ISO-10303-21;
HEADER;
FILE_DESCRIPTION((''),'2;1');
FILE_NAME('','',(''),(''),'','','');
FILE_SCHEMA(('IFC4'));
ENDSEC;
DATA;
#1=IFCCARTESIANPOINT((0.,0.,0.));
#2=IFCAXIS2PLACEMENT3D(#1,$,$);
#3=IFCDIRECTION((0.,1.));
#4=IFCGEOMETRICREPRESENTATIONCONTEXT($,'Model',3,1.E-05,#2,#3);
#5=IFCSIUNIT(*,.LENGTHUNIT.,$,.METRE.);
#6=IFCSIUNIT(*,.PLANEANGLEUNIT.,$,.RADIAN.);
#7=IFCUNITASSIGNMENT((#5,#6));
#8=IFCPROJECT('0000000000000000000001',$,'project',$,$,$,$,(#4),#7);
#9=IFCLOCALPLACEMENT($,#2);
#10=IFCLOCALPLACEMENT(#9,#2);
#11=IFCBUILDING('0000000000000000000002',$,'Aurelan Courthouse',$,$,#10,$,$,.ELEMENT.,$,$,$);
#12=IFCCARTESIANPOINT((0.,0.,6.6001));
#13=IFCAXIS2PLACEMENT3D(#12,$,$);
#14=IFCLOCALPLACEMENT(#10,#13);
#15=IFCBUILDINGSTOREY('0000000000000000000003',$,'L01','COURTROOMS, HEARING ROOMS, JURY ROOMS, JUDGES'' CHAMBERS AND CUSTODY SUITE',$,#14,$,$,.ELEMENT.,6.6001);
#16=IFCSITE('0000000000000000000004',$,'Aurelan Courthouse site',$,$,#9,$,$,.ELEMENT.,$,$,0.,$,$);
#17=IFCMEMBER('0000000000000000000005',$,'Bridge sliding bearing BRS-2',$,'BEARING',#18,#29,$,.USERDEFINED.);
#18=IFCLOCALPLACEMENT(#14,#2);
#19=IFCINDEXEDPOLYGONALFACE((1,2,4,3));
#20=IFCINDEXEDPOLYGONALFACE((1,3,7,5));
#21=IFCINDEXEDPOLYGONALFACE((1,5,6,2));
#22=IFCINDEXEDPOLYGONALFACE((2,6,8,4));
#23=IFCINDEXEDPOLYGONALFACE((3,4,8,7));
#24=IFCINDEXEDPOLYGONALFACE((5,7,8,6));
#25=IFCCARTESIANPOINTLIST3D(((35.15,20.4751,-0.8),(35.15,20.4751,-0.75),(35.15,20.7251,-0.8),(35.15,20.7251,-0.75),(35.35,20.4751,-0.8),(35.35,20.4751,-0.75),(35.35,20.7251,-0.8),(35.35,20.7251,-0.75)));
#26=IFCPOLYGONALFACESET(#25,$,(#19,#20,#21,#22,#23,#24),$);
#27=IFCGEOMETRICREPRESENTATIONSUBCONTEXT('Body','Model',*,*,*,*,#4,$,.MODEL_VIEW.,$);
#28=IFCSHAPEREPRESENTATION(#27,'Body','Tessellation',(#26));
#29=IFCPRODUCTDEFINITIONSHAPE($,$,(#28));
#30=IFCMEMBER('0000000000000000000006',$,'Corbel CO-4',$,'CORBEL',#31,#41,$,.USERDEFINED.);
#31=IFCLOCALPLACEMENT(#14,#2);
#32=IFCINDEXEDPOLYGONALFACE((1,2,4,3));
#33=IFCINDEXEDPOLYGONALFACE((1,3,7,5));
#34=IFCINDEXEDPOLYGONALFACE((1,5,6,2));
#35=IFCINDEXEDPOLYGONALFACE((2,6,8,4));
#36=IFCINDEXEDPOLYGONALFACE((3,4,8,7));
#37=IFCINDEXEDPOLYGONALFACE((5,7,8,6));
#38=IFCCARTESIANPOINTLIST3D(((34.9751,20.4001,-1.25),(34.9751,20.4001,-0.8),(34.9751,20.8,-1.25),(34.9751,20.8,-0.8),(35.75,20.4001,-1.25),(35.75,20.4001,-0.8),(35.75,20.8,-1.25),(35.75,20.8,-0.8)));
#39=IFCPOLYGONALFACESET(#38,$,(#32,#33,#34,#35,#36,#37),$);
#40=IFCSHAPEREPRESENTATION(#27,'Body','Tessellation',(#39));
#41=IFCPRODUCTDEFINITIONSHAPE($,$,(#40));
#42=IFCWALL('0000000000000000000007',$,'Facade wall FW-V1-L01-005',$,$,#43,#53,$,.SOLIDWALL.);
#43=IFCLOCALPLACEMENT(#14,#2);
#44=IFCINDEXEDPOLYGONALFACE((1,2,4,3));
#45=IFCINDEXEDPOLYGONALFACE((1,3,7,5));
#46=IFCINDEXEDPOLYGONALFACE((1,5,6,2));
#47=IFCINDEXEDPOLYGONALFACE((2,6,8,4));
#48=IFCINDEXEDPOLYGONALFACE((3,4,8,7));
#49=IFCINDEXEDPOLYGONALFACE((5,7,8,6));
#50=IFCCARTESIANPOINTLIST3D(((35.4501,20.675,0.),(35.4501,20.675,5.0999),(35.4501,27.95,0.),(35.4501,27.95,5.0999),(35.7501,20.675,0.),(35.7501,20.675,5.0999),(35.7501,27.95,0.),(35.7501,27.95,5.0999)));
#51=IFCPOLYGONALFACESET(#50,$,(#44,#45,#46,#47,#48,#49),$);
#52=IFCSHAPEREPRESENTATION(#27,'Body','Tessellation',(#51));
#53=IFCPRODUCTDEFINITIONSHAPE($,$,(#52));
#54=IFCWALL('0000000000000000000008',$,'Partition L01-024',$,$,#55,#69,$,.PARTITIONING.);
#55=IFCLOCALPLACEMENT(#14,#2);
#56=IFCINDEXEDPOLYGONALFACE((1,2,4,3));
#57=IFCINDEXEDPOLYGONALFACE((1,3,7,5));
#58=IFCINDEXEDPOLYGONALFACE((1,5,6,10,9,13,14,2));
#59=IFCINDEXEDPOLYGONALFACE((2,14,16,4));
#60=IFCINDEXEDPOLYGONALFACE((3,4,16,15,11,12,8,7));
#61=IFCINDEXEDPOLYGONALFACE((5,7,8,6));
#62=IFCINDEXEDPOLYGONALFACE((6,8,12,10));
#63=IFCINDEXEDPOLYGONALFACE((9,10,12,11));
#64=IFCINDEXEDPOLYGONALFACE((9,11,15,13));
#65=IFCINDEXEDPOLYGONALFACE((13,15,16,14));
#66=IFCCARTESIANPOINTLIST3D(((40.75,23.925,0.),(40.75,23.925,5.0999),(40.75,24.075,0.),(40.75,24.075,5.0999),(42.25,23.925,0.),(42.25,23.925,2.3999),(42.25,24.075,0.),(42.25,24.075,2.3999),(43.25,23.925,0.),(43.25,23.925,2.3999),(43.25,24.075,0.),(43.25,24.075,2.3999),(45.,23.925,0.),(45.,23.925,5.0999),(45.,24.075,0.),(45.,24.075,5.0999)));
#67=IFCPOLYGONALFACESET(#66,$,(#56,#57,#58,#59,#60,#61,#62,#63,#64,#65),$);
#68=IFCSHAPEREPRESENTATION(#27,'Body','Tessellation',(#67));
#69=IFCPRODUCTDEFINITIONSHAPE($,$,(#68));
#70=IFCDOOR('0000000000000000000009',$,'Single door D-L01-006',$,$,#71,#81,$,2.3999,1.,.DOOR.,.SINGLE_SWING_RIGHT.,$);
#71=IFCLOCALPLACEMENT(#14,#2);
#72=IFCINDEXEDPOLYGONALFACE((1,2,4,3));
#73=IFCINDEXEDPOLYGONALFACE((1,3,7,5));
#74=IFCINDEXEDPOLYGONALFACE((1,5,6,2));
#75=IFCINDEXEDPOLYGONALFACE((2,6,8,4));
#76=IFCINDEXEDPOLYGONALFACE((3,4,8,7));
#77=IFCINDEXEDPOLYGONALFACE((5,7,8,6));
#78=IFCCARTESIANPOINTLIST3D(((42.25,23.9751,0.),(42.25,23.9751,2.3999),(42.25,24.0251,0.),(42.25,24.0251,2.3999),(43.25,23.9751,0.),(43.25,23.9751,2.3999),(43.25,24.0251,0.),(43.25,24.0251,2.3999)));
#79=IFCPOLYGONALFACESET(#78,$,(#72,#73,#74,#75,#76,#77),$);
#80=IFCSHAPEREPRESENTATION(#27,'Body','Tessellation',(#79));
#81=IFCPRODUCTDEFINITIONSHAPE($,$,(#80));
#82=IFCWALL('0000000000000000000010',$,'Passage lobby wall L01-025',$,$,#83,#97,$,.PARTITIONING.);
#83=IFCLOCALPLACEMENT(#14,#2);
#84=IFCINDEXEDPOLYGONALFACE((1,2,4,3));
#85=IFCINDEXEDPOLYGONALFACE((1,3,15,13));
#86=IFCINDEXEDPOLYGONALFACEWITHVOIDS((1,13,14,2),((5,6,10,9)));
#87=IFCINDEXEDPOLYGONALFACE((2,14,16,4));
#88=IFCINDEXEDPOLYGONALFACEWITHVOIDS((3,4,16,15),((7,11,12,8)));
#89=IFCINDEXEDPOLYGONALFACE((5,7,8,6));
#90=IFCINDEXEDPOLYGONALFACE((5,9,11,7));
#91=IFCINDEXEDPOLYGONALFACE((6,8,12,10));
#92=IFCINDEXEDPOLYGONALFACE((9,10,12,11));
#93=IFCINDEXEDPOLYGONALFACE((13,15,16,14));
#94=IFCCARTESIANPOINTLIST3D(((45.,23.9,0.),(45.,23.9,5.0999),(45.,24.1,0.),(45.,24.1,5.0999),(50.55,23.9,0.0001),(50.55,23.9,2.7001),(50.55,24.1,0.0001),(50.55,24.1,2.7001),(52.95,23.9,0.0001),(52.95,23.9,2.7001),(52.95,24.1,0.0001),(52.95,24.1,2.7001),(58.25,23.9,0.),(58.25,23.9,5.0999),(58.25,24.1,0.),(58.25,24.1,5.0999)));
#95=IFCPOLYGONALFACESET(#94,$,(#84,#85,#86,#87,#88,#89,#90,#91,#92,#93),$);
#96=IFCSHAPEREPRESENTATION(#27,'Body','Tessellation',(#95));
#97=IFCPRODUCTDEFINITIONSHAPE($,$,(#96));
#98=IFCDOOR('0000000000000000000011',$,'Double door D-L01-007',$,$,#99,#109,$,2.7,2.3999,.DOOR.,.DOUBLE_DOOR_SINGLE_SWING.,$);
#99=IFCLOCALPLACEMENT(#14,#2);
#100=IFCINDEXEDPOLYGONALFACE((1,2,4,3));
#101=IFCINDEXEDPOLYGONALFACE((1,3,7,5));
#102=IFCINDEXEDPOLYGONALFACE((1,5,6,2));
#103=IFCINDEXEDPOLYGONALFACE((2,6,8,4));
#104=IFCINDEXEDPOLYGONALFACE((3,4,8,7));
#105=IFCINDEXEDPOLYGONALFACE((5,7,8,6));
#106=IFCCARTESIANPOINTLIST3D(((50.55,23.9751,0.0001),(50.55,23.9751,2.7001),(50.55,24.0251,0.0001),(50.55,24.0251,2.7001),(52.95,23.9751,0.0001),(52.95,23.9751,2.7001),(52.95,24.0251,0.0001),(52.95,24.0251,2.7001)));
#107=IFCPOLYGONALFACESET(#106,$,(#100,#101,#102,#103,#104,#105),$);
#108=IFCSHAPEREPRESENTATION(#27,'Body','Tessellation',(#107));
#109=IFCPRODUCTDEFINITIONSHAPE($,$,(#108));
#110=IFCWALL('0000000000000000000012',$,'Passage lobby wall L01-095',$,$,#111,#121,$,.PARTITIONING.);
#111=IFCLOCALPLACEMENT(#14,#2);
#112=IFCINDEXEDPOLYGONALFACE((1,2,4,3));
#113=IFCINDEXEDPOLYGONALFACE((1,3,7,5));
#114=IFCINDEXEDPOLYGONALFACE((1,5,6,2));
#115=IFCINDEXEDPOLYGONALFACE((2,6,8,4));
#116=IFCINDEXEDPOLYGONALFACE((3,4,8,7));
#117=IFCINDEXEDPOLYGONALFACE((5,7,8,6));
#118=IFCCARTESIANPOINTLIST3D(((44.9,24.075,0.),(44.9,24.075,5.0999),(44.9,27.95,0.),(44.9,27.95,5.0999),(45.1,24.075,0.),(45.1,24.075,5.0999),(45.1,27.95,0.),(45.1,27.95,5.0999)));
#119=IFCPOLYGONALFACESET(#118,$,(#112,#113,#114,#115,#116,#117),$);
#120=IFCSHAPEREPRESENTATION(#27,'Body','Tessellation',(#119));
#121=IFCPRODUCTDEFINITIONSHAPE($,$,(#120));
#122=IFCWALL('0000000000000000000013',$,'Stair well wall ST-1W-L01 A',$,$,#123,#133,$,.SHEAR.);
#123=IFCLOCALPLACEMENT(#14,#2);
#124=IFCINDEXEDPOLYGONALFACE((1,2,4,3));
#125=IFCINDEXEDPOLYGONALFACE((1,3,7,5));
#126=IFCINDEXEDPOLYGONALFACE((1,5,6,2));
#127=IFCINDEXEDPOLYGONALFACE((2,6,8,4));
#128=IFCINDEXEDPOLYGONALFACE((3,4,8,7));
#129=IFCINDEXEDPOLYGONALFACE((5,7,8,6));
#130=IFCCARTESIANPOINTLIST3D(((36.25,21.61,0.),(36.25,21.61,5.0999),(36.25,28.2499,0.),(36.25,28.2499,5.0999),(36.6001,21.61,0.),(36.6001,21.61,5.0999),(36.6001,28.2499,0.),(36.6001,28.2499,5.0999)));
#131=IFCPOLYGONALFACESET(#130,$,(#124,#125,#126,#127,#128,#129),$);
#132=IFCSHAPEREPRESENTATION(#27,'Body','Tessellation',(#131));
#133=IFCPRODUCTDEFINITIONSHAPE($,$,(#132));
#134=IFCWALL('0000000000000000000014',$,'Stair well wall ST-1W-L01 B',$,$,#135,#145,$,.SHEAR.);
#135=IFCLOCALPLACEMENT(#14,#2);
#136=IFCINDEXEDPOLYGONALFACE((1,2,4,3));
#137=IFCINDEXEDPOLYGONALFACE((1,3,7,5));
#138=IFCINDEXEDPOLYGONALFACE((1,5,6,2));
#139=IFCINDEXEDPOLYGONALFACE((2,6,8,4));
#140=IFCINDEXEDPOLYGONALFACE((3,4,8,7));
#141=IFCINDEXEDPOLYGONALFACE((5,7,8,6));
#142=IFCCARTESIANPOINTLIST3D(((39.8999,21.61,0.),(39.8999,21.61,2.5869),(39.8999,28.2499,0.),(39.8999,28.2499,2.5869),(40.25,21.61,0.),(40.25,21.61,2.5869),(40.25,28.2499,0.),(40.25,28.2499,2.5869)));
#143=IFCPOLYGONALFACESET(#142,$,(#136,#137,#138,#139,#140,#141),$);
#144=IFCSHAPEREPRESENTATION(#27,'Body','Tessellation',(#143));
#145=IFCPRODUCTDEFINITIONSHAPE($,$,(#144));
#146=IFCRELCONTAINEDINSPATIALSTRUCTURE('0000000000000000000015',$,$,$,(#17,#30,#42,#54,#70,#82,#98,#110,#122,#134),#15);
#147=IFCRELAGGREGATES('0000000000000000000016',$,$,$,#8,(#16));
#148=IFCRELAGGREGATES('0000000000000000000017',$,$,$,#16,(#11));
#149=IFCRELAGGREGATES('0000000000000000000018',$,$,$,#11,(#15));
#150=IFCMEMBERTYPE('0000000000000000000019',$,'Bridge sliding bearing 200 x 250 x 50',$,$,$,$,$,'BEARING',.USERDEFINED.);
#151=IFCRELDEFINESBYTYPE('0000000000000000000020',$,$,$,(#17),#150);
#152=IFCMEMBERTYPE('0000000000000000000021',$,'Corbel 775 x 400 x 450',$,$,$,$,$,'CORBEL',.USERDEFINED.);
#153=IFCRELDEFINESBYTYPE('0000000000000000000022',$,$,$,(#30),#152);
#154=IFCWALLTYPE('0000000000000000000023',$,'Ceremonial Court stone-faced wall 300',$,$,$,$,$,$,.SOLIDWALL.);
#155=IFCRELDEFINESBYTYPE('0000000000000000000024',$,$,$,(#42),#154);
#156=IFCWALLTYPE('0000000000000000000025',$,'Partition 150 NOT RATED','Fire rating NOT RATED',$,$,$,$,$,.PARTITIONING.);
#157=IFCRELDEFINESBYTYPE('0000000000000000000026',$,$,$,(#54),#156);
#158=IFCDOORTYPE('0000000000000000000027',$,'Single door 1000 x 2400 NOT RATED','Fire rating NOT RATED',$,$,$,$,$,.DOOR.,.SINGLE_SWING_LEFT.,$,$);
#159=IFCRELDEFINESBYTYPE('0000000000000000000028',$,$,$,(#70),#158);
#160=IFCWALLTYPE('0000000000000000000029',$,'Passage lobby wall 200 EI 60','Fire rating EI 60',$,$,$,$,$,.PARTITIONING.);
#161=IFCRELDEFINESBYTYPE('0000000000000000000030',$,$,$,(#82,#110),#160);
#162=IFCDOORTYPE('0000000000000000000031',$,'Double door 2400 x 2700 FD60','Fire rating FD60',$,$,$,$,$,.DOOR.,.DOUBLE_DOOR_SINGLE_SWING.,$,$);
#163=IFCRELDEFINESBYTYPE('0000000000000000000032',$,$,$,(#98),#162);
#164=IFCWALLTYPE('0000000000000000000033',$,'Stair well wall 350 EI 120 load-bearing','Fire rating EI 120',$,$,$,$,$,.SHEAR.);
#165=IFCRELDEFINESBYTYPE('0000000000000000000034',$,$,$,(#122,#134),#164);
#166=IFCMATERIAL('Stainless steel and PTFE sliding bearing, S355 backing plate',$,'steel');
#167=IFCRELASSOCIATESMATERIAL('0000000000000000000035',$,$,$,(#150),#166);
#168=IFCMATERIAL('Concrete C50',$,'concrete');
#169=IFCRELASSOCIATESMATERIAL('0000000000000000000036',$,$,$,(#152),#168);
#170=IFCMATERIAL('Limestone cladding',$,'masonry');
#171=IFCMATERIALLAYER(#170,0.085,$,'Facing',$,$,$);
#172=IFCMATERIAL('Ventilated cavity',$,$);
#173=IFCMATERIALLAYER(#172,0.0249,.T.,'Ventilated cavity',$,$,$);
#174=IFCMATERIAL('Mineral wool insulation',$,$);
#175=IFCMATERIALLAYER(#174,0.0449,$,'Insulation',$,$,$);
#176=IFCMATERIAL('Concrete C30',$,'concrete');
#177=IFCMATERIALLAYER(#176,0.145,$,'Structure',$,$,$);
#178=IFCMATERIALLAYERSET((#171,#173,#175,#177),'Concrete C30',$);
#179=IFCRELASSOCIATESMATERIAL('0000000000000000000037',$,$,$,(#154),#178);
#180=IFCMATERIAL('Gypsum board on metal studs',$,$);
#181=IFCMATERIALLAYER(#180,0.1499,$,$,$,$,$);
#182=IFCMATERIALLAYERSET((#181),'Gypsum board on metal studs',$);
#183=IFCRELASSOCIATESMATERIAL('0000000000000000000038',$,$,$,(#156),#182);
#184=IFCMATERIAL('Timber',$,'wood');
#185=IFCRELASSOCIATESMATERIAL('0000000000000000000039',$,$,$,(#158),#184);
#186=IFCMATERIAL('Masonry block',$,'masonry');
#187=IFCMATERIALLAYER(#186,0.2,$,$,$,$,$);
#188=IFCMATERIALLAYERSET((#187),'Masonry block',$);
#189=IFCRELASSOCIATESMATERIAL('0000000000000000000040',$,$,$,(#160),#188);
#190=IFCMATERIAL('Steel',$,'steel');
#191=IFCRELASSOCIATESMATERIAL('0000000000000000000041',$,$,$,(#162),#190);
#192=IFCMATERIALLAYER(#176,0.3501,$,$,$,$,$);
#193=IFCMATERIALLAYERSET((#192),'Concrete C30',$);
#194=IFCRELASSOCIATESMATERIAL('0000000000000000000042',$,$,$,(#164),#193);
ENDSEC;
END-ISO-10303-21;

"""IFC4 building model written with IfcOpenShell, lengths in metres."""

from ifc_helpers import new_model, si_unit, direction, frame, frame_2d, origin, origin_2d, place, context, subcontext, project, spatial, rectangle, extrude, material, layer, layer_set, material_profile, profile_set, type_object, element, fill, save


model = new_model("IFC4")

# Units and contexts
model_context = context("Model", 3, precision=1e-05, world=origin(), true_north=direction((0.0, 1.0)))
body_context = subcontext(model_context, "Body", "Model", "MODEL_VIEW")
ifc_project = project(units=[si_unit("LENGTHUNIT", "METRE"), si_unit("PLANEANGLEUNIT", "RADIAN")], contexts=[model_context])

# Site, building, storey
site_placement = place(None, origin())
site = spatial("IfcSite", under=ifc_project, at=site_placement, Name="Aurelan Courthouse site", CompositionType="ELEMENT", RefElevation=0.0)
building_placement = place(site_placement, origin())
building = spatial("IfcBuilding", under=site, at=building_placement, Name="Aurelan Courthouse", CompositionType="ELEMENT")
storey_placement = place(building_placement, frame((0.0, 0.0, 6.6001)))
storey = spatial("IfcBuildingStorey", under=building, at=storey_placement, Name="L01", Description="COURTROOMS, HEARING ROOMS, JURY ROOMS, JUDGES' CHAMBERS AND CUSTODY SUITE", CompositionType="ELEMENT", Elevation=6.6001)

# Members
ifc_material_1 = material(Name="Stainless steel and PTFE sliding bearing, S355 backing plate", Category="steel")
ifc_material_profile = material_profile(ifc_material_1, rectangle(XDim=0.2, YDim=0.25, at=origin_2d()), Name="PL 200 x 250")
ifc_profile_set = profile_set([ifc_material_profile], Name="Stainless steel and PTFE sliding bearing, S355 backing plate")
member_type_1 = type_object("IfcMemberType", Name="Bridge sliding bearing 200 x 250 x 50", ElementType="BEARING", PredefinedType="USERDEFINED", material=ifc_profile_set)
member_1_placement = place(storey_placement, frame((35.25, 20.6001, -0.8), z_axis=(0.0, 0.0, 1.0), x_axis=(1.0, 0.0, 0.0)))
element("IfcMember", 1, at=member_1_placement, inside=storey, type_object=member_type_1, Name="Bridge sliding bearing BRS-2", ObjectType="BEARING", PredefinedType="USERDEFINED", context=body_context, shape_type="SweptSolid", body=[
    extrude(rectangle(XDim=0.2, YDim=0.25, at=origin_2d()), origin(), (0.0, 0.0, 1.0), 0.05),
])
ifc_material_2 = material(Name="Concrete C50", Category="concrete")
member_type_2 = type_object("IfcMemberType", Name="Corbel 775 x 400 x 450", ElementType="CORBEL", PredefinedType="USERDEFINED", material=ifc_material_2)
member_2_placement = place(storey_placement, frame((35.3625, 20.6001, -1.25), z_axis=(0.0, 0.0, 1.0), x_axis=(1.0, 0.0, 0.0)))
element("IfcMember", 2, at=member_2_placement, inside=storey, type_object=member_type_2, Name="Corbel CO-4", ObjectType="CORBEL", PredefinedType="USERDEFINED", context=body_context, shape_type="SweptSolid", body=[
    extrude(rectangle(XDim=0.7749, YDim=0.3999, at=origin_2d()), origin(), (0.0, 0.0, 1.0), 0.45),
])

# Wall
ifc_material_3 = material(Name="Limestone cladding", Category="masonry")
ifc_layer_1 = layer(ifc_material_3, 0.085, Name="Facing")
ifc_material_4 = material(Name="Ventilated cavity")
ifc_layer_2 = layer(ifc_material_4, 0.0249, ventilated=True, Name="Ventilated cavity")
ifc_material_5 = material(Name="Mineral wool insulation")
ifc_layer_3 = layer(ifc_material_5, 0.0449, Name="Insulation")
ifc_material_6 = material(Name="Concrete C30", Category="concrete")
ifc_layer_4 = layer(ifc_material_6, 0.145, Name="Structure")
ifc_layer_set_1 = layer_set([ifc_layer_1, ifc_layer_2, ifc_layer_3, ifc_layer_4], Name="Concrete C30")
wall_type_1 = type_object("IfcWallType", Name="Ceremonial Court stone-faced wall 300", PredefinedType="SOLIDWALL", material=ifc_layer_set_1)
wall_1_placement = place(storey_placement, frame((35.6001, 20.675, 0.0), z_axis=(0.0, 0.0, 1.0), x_axis=(0.0, 1.0, 0.0)))
element("IfcWall", 3, at=wall_1_placement, inside=storey, type_object=wall_type_1, Name="Facade wall FW-V1-L01-005", PredefinedType="SOLIDWALL", context=body_context, shape_type="SweptSolid", body=[
    extrude(rectangle(XDim=7.2749, YDim=0.3, at=frame_2d((3.6375, 0.0))), origin(), (0.0, 0.0, 1.0), 5.0999),
])

# Walls, openings, doors
ifc_material_7 = material(Name="Gypsum board on metal studs")
ifc_layer_5 = layer(ifc_material_7, 0.1499)
ifc_layer_set_2 = layer_set([ifc_layer_5], Name="Gypsum board on metal studs")
wall_type_2 = type_object("IfcWallType", Name="Partition 150 NOT RATED", Description="Fire rating NOT RATED", PredefinedType="PARTITIONING", material=ifc_layer_set_2)
wall_2_placement = place(storey_placement, frame((40.75, 24.0, 0.0), z_axis=(0.0, 0.0, 1.0), x_axis=(1.0, 0.0, 0.0)))
wall_2 = element("IfcWall", 4, at=wall_2_placement, inside=storey, type_object=wall_type_2, Name="Partition L01-024", PredefinedType="PARTITIONING", context=body_context, shape_type="SweptSolid", body=[
    extrude(rectangle(XDim=4.25, YDim=0.1499, at=frame_2d((2.125, 0.0))), origin(), (0.0, 0.0, 1.0), 5.0999),
])
opening_1_placement = place(wall_2_placement, frame((2.5, 0.0, 0.0), z_axis=(0.0, 0.0, 1.0), x_axis=(-1.0, 0.0, 0.0)))
opening_1 = element("IfcOpeningElement", 5, at=opening_1_placement, cuts=wall_2, PredefinedType="OPENING", context=body_context, shape_type="SweptSolid", body=[
    extrude(rectangle(XDim=1.0, YDim=2.3999, at=frame_2d((0.5, 1.2))), frame((0.0, 0.085, 0.0), z_axis=(0.0, -1.0, 0.0), x_axis=(1.0, 0.0, 0.0)), (0.0, 0.0, 1.0), 0.1699),
])
ifc_material_8 = material(Name="Timber", Category="wood")
door_type_1 = type_object("IfcDoorType", Name="Single door 1000 x 2400 NOT RATED", Description="Fire rating NOT RATED", OperationType="SINGLE_SWING_LEFT", PredefinedType="DOOR", material=ifc_material_8)
door_1_placement = place(opening_1_placement, origin())
door_1 = element("IfcDoor", 6, at=door_1_placement, inside=storey, type_object=door_type_1, Name="Single door D-L01-006", OperationType="SINGLE_SWING_RIGHT", OverallHeight=2.3999, OverallWidth=1.0, PredefinedType="DOOR", context=body_context, shape_type="SweptSolid", body=[
    extrude(rectangle(XDim=1.0, YDim=2.3999, at=frame_2d((0.5, 1.2))), frame((0.0, 0.0249, 0.0), z_axis=(0.0, -1.0, 0.0), x_axis=(1.0, 0.0, 0.0)), (0.0, 0.0, 1.0), 0.05),
])
fill(opening_1, door_1)
ifc_material_9 = material(Name="Masonry block", Category="masonry")
ifc_layer_6 = layer(ifc_material_9, 0.2)
ifc_layer_set_3 = layer_set([ifc_layer_6], Name="Masonry block")
wall_type_3 = type_object("IfcWallType", Name="Passage lobby wall 200 EI 60", Description="Fire rating EI 60", PredefinedType="PARTITIONING", material=ifc_layer_set_3)
wall_3_placement = place(storey_placement, frame((45.0, 24.0, 0.0), z_axis=(0.0, 0.0, 1.0), x_axis=(1.0, 0.0, 0.0)))
wall_3 = element("IfcWall", 7, at=wall_3_placement, inside=storey, type_object=wall_type_3, Name="Passage lobby wall L01-025", PredefinedType="PARTITIONING", context=body_context, shape_type="SweptSolid", body=[
    extrude(rectangle(XDim=13.25, YDim=0.2, at=frame_2d((6.625, 0.0))), origin(), (0.0, 0.0, 1.0), 5.0999),
])
opening_2_placement = place(wall_3_placement, frame((7.95, 0.0, 0.0), z_axis=(0.0, 0.0, 1.0), x_axis=(-1.0, 0.0, 0.0)))
opening_2 = element("IfcOpeningElement", 8, at=opening_2_placement, cuts=wall_3, PredefinedType="OPENING", context=body_context, shape_type="SweptSolid", body=[
    extrude(rectangle(XDim=2.3999, YDim=2.7, at=frame_2d((1.2, 1.3501))), frame((0.0, 0.1099, 0.0), z_axis=(0.0, -1.0, 0.0), x_axis=(1.0, 0.0, 0.0)), (0.0, 0.0, 1.0), 0.22),
])
ifc_material_10 = material(Name="Steel", Category="steel")
door_type_2 = type_object("IfcDoorType", Name="Double door 2400 x 2700 FD60", Description="Fire rating FD60", OperationType="DOUBLE_DOOR_SINGLE_SWING", PredefinedType="DOOR", material=ifc_material_10)
door_2_placement = place(opening_2_placement, origin())
door_2 = element("IfcDoor", 9, at=door_2_placement, inside=storey, type_object=door_type_2, Name="Double door D-L01-007", OperationType="DOUBLE_DOOR_SINGLE_SWING", OverallHeight=2.7, OverallWidth=2.3999, PredefinedType="DOOR", context=body_context, shape_type="SweptSolid", body=[
    extrude(rectangle(XDim=2.3999, YDim=2.7, at=frame_2d((1.2, 1.3501))), frame((0.0, 0.0249, 0.0), z_axis=(0.0, -1.0, 0.0), x_axis=(1.0, 0.0, 0.0)), (0.0, 0.0, 1.0), 0.05),
])
fill(opening_2, door_2)

# Walls
wall_4_placement = place(storey_placement, frame((45.0, 24.075, 0.0), z_axis=(0.0, 0.0, 1.0), x_axis=(0.0, 1.0, 0.0)))
element("IfcWall", 10, at=wall_4_placement, inside=storey, type_object=wall_type_3, Name="Passage lobby wall L01-095", PredefinedType="PARTITIONING", context=body_context, shape_type="SweptSolid", body=[
    extrude(rectangle(XDim=3.875, YDim=0.2, at=frame_2d((1.9375, 0.0))), origin(), (0.0, 0.0, 1.0), 5.0999),
])
ifc_layer_7 = layer(ifc_material_6, 0.3501)
ifc_layer_set_4 = layer_set([ifc_layer_7], Name="Concrete C30")
wall_type_4 = type_object("IfcWallType", Name="Stair well wall 350 EI 120 load-bearing", Description="Fire rating EI 120", PredefinedType="SHEAR", material=ifc_layer_set_4)
wall_5_placement = place(storey_placement, frame((36.425, 21.6101, 0.0), z_axis=(0.0, 0.0, 1.0), x_axis=(0.0, 1.0, 0.0)))
element("IfcWall", 11, at=wall_5_placement, inside=storey, type_object=wall_type_4, Name="Stair well wall ST-1W-L01 A", PredefinedType="SHEAR", context=body_context, shape_type="SweptSolid", body=[
    extrude(rectangle(XDim=6.6399, YDim=0.3501, at=frame_2d((3.3198, 0.0))), origin(), (0.0, 0.0, 1.0), 5.0999),
])
wall_6_placement = place(storey_placement, frame((40.075, 21.6101, 0.0), z_axis=(0.0, 0.0, 1.0), x_axis=(0.0, 1.0, 0.0)))
element("IfcWall", 12, at=wall_6_placement, inside=storey, type_object=wall_type_4, Name="Stair well wall ST-1W-L01 B", PredefinedType="SHEAR", context=body_context, shape_type="SweptSolid", body=[
    extrude(rectangle(XDim=6.6399, YDim=0.3501, at=frame_2d((3.3198, 0.0))), origin(), (0.0, 0.0, 1.0), 2.5869),
])

save(model, "model.ifc")
